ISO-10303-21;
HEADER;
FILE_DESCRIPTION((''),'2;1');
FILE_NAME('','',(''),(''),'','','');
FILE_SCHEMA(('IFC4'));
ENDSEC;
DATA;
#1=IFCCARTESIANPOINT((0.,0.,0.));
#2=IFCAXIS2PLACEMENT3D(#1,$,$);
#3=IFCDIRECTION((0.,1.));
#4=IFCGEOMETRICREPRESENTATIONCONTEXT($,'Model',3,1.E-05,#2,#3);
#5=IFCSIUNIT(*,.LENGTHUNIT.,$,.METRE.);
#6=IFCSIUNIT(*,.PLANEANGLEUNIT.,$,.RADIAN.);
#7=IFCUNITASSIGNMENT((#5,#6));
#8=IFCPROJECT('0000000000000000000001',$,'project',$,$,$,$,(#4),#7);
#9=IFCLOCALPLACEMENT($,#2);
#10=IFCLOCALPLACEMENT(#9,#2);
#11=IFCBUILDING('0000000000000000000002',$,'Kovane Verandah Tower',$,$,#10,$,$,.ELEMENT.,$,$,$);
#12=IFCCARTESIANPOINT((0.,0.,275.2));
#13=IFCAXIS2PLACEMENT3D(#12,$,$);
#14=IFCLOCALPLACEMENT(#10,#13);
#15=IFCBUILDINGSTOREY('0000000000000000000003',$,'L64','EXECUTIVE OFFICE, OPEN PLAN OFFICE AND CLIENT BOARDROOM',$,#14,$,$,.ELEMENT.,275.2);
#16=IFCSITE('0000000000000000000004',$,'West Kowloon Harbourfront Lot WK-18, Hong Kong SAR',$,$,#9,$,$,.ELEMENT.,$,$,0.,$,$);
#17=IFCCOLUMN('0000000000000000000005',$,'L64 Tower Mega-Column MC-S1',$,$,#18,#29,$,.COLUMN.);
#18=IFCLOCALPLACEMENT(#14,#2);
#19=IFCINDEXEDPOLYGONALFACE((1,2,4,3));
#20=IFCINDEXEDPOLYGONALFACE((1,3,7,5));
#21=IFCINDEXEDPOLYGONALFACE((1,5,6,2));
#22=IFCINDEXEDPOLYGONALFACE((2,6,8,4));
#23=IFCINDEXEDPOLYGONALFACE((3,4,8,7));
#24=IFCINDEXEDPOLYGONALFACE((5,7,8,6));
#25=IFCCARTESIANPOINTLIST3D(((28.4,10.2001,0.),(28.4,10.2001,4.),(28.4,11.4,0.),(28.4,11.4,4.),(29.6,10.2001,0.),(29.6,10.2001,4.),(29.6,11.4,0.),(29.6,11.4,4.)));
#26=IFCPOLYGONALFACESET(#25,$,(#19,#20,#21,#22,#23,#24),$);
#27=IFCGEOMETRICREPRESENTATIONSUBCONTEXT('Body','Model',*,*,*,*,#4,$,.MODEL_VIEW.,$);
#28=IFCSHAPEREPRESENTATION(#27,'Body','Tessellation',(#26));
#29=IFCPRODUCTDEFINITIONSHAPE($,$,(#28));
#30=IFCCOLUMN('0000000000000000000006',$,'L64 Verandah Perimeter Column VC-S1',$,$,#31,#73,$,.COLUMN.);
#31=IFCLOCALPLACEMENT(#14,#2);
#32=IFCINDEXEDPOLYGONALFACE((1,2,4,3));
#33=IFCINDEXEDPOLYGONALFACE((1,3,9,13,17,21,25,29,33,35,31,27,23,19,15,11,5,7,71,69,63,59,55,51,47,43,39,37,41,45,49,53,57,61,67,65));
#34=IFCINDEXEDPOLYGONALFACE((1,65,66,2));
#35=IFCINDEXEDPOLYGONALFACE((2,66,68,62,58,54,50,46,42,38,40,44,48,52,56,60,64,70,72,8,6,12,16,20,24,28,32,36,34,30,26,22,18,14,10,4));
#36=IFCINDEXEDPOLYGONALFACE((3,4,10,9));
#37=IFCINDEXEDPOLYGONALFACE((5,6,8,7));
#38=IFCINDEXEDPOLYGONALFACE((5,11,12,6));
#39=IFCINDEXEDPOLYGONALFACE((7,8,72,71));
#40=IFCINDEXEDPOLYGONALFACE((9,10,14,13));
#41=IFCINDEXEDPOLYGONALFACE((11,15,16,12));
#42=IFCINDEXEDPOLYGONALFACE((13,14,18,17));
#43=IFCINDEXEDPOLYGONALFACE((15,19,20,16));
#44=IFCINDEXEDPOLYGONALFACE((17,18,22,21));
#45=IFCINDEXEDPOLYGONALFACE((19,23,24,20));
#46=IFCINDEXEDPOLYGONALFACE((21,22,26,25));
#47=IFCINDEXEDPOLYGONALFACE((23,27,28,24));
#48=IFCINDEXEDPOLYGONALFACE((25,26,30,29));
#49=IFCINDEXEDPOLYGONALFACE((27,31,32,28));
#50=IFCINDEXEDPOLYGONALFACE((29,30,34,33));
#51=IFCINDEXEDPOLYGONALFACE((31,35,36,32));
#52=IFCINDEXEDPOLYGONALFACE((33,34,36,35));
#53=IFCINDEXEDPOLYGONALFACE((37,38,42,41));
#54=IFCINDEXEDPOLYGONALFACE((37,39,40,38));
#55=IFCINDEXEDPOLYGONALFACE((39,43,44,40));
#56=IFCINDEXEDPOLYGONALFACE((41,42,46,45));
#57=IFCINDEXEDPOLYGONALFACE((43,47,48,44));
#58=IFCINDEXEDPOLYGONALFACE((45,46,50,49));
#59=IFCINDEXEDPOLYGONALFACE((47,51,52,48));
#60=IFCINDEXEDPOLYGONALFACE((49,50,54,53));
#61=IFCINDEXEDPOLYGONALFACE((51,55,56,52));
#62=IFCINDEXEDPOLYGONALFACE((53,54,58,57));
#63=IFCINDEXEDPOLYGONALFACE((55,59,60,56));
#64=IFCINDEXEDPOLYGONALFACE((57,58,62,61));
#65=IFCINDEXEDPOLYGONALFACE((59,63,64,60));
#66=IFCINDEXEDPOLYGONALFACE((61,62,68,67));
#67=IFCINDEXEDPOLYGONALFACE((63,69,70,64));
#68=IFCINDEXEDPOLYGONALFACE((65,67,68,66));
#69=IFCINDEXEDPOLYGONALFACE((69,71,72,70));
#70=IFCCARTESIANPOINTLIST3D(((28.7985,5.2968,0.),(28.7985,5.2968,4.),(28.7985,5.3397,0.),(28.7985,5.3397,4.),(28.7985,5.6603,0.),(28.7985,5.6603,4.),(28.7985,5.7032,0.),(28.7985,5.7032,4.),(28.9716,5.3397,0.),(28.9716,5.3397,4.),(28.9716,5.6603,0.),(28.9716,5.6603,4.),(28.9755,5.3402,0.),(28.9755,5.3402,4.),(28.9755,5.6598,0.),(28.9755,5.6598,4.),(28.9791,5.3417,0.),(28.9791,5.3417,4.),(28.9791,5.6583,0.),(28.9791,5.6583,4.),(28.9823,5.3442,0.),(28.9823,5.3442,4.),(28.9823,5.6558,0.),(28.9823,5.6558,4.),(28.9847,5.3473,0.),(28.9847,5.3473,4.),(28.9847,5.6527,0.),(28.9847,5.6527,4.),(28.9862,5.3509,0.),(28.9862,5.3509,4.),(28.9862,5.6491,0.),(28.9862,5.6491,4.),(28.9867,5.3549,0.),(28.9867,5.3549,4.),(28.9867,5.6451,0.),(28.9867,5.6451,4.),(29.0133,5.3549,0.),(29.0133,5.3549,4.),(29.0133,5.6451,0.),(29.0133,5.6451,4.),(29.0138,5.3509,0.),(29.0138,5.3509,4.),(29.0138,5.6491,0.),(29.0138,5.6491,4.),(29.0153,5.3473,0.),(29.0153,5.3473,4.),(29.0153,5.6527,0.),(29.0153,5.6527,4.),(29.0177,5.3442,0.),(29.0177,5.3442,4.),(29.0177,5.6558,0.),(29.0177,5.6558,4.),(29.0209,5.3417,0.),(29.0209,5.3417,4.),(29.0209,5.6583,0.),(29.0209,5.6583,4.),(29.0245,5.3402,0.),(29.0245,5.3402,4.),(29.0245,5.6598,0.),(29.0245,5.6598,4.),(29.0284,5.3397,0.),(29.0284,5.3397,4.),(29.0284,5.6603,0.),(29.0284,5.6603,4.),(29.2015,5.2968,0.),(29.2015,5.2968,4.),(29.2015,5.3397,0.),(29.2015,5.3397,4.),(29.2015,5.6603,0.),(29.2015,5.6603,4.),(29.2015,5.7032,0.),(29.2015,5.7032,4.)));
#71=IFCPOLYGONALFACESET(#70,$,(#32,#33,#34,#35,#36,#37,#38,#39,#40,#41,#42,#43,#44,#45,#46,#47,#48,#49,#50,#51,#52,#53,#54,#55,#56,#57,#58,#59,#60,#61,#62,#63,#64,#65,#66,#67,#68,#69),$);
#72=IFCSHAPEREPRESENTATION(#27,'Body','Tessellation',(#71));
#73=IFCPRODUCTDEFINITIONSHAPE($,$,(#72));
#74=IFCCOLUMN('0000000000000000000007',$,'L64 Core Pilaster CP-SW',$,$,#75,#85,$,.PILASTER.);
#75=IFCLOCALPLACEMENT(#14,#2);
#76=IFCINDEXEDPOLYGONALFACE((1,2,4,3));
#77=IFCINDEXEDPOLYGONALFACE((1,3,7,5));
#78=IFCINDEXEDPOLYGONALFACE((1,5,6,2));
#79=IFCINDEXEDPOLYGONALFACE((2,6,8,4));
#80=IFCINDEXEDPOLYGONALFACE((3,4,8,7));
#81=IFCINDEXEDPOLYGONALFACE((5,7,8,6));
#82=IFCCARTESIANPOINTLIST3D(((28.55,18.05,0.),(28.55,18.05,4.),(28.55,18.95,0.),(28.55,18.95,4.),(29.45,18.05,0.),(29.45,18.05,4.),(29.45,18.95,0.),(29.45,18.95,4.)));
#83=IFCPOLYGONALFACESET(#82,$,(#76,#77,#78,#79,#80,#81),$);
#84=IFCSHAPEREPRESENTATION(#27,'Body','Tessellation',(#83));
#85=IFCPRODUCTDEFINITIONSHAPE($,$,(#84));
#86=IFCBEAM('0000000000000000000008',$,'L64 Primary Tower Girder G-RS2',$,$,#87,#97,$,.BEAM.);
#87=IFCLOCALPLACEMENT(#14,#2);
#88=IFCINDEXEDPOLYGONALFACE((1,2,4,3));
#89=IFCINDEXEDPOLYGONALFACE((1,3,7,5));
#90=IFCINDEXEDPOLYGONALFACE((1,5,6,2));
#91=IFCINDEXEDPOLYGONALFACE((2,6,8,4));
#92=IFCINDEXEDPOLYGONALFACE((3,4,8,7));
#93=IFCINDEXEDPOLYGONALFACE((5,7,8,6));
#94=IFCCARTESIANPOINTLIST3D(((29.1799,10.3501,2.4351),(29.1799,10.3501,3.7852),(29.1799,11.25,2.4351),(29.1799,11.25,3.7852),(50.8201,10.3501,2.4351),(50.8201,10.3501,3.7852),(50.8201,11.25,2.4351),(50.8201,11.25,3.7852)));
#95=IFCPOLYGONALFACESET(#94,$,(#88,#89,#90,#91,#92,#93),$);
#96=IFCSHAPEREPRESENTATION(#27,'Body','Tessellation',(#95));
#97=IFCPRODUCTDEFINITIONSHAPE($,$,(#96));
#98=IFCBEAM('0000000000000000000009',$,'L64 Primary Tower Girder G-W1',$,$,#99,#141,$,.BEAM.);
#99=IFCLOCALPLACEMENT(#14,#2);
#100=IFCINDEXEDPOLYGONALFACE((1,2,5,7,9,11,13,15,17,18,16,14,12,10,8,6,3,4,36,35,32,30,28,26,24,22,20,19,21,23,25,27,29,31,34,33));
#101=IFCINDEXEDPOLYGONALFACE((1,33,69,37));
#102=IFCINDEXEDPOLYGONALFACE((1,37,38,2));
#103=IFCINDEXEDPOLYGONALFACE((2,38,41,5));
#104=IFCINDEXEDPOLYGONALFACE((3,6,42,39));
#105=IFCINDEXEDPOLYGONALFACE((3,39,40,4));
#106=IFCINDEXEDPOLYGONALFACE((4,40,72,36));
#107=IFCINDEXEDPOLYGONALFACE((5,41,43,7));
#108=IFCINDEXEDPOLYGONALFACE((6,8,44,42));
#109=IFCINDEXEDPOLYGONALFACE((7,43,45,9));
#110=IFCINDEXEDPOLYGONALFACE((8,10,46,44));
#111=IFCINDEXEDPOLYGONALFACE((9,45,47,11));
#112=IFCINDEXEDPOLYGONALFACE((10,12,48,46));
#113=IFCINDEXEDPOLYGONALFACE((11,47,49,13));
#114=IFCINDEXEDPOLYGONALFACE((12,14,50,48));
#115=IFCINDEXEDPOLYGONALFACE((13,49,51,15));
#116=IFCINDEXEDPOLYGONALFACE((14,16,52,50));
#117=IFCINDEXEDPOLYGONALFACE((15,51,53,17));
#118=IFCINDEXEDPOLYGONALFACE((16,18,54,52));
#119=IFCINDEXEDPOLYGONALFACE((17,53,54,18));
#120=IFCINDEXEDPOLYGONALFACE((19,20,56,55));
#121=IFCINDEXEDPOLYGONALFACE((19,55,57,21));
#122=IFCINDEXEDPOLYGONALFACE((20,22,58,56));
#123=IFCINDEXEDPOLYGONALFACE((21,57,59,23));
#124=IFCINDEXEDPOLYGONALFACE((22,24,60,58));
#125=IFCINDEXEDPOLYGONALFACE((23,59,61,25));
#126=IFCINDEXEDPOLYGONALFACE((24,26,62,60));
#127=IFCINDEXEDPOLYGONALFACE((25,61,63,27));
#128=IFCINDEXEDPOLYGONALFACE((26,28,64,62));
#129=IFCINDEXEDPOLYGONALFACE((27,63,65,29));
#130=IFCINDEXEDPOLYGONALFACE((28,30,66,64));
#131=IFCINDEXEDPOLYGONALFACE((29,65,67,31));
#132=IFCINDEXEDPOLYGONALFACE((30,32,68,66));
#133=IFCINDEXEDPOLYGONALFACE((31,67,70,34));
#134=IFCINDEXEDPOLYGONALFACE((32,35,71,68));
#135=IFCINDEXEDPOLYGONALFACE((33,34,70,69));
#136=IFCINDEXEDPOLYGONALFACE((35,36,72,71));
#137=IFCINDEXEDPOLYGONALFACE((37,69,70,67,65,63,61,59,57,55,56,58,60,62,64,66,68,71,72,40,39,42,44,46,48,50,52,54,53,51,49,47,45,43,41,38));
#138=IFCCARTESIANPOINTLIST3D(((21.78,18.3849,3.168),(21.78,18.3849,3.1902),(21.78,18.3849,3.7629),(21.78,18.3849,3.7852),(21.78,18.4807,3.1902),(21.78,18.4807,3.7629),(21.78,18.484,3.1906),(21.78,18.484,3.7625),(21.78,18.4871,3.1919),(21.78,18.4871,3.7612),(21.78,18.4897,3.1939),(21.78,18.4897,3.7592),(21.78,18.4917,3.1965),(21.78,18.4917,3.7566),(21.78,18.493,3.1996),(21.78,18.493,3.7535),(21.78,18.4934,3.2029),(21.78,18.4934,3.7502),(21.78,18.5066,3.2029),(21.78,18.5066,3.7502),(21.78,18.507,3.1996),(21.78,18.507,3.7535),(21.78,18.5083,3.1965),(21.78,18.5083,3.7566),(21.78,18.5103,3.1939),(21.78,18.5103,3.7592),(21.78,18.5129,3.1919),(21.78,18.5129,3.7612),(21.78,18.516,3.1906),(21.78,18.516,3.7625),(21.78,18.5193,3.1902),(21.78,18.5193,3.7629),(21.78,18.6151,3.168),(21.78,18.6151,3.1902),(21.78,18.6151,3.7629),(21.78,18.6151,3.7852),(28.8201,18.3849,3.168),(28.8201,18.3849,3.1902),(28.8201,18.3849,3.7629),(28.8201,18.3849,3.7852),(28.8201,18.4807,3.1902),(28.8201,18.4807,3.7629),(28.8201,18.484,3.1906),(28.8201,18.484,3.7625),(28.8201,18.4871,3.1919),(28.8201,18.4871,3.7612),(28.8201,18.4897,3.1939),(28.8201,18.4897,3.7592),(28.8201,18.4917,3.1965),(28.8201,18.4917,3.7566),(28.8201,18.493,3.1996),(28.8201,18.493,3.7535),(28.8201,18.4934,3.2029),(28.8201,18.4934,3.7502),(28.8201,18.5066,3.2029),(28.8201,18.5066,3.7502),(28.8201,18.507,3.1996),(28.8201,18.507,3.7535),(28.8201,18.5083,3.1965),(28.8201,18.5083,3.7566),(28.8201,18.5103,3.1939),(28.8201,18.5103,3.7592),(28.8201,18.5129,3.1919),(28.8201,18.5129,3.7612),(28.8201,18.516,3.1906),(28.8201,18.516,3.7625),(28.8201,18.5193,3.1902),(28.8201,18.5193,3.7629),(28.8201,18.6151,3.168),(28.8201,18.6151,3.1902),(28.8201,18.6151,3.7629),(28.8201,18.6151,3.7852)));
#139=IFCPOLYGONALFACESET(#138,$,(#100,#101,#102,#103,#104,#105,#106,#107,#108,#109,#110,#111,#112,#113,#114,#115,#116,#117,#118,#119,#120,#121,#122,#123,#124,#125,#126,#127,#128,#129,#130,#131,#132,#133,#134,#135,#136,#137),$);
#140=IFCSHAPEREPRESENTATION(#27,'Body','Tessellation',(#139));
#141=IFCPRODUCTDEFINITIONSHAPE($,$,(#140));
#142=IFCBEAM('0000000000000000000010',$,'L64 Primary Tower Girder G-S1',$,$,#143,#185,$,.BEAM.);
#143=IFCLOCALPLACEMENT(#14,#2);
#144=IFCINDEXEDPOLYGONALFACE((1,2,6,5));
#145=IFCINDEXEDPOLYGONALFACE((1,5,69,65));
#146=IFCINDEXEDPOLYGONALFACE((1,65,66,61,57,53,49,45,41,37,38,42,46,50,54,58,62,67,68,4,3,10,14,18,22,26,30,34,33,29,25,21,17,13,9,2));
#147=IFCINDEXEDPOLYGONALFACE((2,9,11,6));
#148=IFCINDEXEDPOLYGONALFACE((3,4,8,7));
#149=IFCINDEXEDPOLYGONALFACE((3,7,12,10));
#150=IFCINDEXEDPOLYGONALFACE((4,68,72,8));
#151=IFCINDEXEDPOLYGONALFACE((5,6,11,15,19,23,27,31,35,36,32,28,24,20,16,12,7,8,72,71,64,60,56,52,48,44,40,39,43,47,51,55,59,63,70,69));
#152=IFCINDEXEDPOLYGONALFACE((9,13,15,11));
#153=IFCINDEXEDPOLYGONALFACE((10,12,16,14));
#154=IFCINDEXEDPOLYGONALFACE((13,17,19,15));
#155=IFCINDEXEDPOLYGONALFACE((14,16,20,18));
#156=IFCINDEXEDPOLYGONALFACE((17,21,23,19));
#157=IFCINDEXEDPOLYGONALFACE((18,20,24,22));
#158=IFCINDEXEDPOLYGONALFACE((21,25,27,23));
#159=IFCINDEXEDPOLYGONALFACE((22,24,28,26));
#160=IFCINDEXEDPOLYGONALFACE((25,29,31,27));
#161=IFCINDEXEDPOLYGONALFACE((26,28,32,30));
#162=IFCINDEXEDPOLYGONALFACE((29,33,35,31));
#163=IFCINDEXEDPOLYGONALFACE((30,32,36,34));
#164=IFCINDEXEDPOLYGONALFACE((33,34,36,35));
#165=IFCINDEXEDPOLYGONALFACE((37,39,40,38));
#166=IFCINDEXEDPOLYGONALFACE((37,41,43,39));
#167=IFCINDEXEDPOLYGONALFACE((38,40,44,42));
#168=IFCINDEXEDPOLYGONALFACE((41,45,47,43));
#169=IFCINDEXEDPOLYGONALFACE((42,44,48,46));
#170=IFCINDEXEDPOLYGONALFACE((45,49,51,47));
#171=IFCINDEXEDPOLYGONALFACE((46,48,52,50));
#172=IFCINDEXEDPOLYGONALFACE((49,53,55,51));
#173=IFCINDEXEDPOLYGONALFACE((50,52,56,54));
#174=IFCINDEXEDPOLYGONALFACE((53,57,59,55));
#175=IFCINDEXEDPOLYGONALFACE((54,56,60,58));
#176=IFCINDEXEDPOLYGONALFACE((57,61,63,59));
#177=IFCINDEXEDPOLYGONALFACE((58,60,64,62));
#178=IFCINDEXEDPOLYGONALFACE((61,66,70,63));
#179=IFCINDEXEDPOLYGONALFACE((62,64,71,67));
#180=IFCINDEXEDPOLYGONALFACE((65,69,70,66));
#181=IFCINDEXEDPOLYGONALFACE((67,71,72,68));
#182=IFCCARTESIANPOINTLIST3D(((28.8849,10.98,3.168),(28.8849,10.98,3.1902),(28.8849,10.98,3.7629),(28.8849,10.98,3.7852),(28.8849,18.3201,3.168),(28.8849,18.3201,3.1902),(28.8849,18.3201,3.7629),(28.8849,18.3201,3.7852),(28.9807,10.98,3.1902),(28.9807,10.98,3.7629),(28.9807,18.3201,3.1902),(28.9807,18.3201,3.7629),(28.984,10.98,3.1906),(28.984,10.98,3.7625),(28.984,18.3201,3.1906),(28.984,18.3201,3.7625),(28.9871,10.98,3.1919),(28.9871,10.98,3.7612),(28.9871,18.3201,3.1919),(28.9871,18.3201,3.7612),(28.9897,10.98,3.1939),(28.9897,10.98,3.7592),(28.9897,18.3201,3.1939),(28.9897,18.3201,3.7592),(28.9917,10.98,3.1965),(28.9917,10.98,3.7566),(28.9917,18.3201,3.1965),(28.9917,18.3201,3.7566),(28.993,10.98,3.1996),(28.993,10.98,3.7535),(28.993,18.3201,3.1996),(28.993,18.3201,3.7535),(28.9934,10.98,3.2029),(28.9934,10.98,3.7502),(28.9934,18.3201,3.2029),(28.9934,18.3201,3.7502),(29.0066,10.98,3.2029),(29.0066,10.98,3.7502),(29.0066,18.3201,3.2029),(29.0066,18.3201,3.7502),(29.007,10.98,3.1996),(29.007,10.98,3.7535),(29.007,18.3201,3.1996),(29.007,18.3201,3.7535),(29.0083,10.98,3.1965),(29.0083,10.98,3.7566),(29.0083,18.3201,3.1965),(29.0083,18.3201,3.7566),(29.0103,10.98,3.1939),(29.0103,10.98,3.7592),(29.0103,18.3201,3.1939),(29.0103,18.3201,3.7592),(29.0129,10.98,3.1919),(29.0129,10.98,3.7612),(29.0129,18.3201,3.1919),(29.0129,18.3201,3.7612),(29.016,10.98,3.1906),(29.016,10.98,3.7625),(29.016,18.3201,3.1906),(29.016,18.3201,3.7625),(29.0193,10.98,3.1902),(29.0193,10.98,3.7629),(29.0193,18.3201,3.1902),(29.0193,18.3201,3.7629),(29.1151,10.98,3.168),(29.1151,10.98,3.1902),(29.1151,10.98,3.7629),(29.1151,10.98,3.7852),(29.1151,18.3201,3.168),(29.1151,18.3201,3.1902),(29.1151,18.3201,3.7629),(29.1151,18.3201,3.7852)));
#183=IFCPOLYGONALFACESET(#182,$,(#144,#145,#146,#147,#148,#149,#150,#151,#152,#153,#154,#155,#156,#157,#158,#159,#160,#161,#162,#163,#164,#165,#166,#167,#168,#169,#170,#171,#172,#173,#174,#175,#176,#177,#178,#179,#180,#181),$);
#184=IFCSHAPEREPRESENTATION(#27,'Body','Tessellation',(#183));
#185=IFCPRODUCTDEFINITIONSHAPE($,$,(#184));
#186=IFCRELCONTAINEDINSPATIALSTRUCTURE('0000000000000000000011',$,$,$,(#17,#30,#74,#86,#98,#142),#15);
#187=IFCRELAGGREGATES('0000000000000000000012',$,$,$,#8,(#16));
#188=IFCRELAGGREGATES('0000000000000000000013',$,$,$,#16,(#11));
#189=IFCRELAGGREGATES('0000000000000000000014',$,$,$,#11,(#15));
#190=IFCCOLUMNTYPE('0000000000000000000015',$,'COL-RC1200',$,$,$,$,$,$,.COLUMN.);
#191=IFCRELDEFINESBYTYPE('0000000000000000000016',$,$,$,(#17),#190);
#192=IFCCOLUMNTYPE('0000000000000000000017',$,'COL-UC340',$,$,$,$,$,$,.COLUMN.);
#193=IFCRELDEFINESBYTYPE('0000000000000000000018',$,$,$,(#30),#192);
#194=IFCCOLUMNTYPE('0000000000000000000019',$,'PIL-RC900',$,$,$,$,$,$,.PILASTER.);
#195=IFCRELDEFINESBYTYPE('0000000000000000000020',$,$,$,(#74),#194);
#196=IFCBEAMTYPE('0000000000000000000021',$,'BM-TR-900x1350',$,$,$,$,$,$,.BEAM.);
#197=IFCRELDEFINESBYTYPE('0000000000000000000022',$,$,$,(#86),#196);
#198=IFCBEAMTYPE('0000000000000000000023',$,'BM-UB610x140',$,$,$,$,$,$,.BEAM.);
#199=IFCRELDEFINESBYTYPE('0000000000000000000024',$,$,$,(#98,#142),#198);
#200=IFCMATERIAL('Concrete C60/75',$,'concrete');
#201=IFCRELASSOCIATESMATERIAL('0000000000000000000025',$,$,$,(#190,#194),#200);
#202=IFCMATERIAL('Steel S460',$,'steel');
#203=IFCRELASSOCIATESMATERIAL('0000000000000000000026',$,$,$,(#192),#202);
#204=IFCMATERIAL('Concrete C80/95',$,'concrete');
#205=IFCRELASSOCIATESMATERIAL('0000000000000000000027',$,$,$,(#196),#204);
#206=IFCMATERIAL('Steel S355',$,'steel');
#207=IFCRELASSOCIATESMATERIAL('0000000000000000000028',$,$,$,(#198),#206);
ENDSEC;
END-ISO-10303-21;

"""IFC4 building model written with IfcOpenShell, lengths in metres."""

from ifc_helpers import new_model, si_unit, direction, frame, origin, origin_2d, place, context, subcontext, project, spatial, rectangle, i_section, extrude, material, material_profile, profile_set, type_object, element, save


model = new_model("IFC4")

# Units and contexts
model_context = context("Model", 3, precision=1e-05, world=origin(), true_north=direction((0.0, 1.0)))
body_context = subcontext(model_context, "Body", "Model", "MODEL_VIEW")
ifc_project = project(units=[si_unit("LENGTHUNIT", "METRE"), si_unit("PLANEANGLEUNIT", "RADIAN")], contexts=[model_context])

# Site, building, storey
site_placement = place(None, origin())
site = spatial("IfcSite", under=ifc_project, at=site_placement, Name="West Kowloon Harbourfront Lot WK-18, Hong Kong SAR", CompositionType="ELEMENT", RefElevation=0.0)
building_placement = place(site_placement, origin())
building = spatial("IfcBuilding", under=site, at=building_placement, Name="Kovane Verandah Tower", CompositionType="ELEMENT")
storey_placement = place(building_placement, frame((0.0, 0.0, 275.2)))
storey = spatial("IfcBuildingStorey", under=building, at=storey_placement, Name="L64", Description="EXECUTIVE OFFICE, OPEN PLAN OFFICE AND CLIENT BOARDROOM", CompositionType="ELEMENT", Elevation=275.2)

# Columns
ifc_material_1 = material(Name="Concrete C60/75", Category="concrete")
ifc_material_profile_1 = material_profile(ifc_material_1, rectangle(XDim=1.2, YDim=1.2, at=origin_2d()), Name="RC1200x1200")
ifc_profile_set_1 = profile_set([ifc_material_profile_1], Name="Concrete C60/75")
column_type_1 = type_object("IfcColumnType", Name="COL-RC1200", PredefinedType="COLUMN", material=ifc_profile_set_1)
column_1_placement = place(storey_placement, frame((29.0, 10.8, 0.0), z_axis=(0.0, 0.0, 1.0), x_axis=(1.0, 0.0, 0.0)))
element("IfcColumn", 1, at=column_1_placement, inside=storey, type_object=column_type_1, Name="L64 Tower Mega-Column MC-S1", PredefinedType="COLUMN", context=body_context, shape_type="SweptSolid", body=[
    extrude(rectangle(XDim=1.2, YDim=1.2, at=origin_2d()), origin(), (0.0, 0.0, 1.0), 4.0),
])
ifc_material_2 = material(Name="Steel S460", Category="steel")
ifc_material_profile_2 = material_profile(ifc_material_2, i_section(OverallWidth=0.4031, OverallDepth=0.4065, WebThickness=0.0266, FlangeThickness=0.043, FilletRadius=0.0151, at=origin_2d()), Name="UC356x406x340")
ifc_profile_set_2 = profile_set([ifc_material_profile_2], Name="Steel S460")
column_type_2 = type_object("IfcColumnType", Name="COL-UC340", PredefinedType="COLUMN", material=ifc_profile_set_2)
column_2_placement = place(storey_placement, frame((29.0, 5.5, 0.0), z_axis=(0.0, 0.0, 1.0), x_axis=(1.0, 0.0, 0.0)))
element("IfcColumn", 2, at=column_2_placement, inside=storey, type_object=column_type_2, Name="L64 Verandah Perimeter Column VC-S1", PredefinedType="COLUMN", context=body_context, shape_type="SweptSolid", body=[
    extrude(i_section(OverallWidth=0.4031, OverallDepth=0.4065, WebThickness=0.0266, FlangeThickness=0.043, FilletRadius=0.0151, at=origin_2d()), origin(), (0.0, 0.0, 1.0), 4.0),
])
ifc_material_profile_3 = material_profile(ifc_material_1, rectangle(XDim=0.8999, YDim=0.8999, at=origin_2d()), Name="RC900x900")
ifc_profile_set_3 = profile_set([ifc_material_profile_3], Name="Concrete C60/75")
column_type_3 = type_object("IfcColumnType", Name="PIL-RC900", PredefinedType="PILASTER", material=ifc_profile_set_3)
column_3_placement = place(storey_placement, frame((29.0, 18.5, 0.0), z_axis=(0.0, 0.0, 1.0), x_axis=(1.0, 0.0, 0.0)))
element("IfcColumn", 3, at=column_3_placement, inside=storey, type_object=column_type_3, Name="L64 Core Pilaster CP-SW", PredefinedType="PILASTER", context=body_context, shape_type="SweptSolid", body=[
    extrude(rectangle(XDim=0.8999, YDim=0.8999, at=origin_2d()), origin(), (0.0, 0.0, 1.0), 4.0),
])

# Beams
ifc_material_3 = material(Name="Concrete C80/95", Category="concrete")
ifc_material_profile_4 = material_profile(ifc_material_3, rectangle(XDim=0.8999, YDim=1.3501, at=origin_2d()), Name="RCB900x1350")
ifc_profile_set_4 = profile_set([ifc_material_profile_4], Name="Concrete C80/95")
beam_type_1 = type_object("IfcBeamType", Name="BM-TR-900x1350", PredefinedType="BEAM", material=ifc_profile_set_4)
beam_1_placement = place(storey_placement, frame((29.1799, 10.8, 3.1101), z_axis=(1.0, 0.0, 0.0), x_axis=(0.0, 1.0, 0.0)))
element("IfcBeam", 4, at=beam_1_placement, inside=storey, type_object=beam_type_1, Name="L64 Primary Tower Girder G-RS2", PredefinedType="BEAM", context=body_context, shape_type="SweptSolid", body=[
    extrude(rectangle(XDim=0.8999, YDim=1.3501, at=origin_2d()), origin(), (0.0, 0.0, 1.0), 21.6401),
])
ifc_material_4 = material(Name="Steel S355", Category="steel")
ifc_material_profile_5 = material_profile(ifc_material_4, i_section(OverallWidth=0.2302, OverallDepth=0.6172, WebThickness=0.0132, FlangeThickness=0.0222, FilletRadius=0.0127, at=origin_2d()), Name="UB610x229x140")
ifc_profile_set_5 = profile_set([ifc_material_profile_5], Name="Steel S355")
beam_type_2 = type_object("IfcBeamType", Name="BM-UB610x140", PredefinedType="BEAM", material=ifc_profile_set_5)
beam_2_placement = place(storey_placement, frame((28.8201, 18.5, 3.4766), z_axis=(-1.0, 0.0, 0.0), x_axis=(0.0, -1.0, 0.0)))
element("IfcBeam", 5, at=beam_2_placement, inside=storey, type_object=beam_type_2, Name="L64 Primary Tower Girder G-W1", PredefinedType="BEAM", context=body_context, shape_type="SweptSolid", body=[
    extrude(i_section(OverallWidth=0.2302, OverallDepth=0.6172, WebThickness=0.0132, FlangeThickness=0.0222, FilletRadius=0.0127, at=origin_2d()), origin(), (0.0, 0.0, 1.0), 7.04),
])
beam_3_placement = place(storey_placement, frame((29.0, 18.3201, 3.4766), z_axis=(0.0, -1.0, 0.0), x_axis=(1.0, 0.0, 0.0)))
element("IfcBeam", 6, at=beam_3_placement, inside=storey, type_object=beam_type_2, Name="L64 Primary Tower Girder G-S1", PredefinedType="BEAM", context=body_context, shape_type="SweptSolid", body=[
    extrude(i_section(OverallWidth=0.2302, OverallDepth=0.6172, WebThickness=0.0132, FlangeThickness=0.0222, FilletRadius=0.0127, at=origin_2d()), origin(), (0.0, 0.0, 1.0), 7.3401),
])

save(model, "model.ifc")
